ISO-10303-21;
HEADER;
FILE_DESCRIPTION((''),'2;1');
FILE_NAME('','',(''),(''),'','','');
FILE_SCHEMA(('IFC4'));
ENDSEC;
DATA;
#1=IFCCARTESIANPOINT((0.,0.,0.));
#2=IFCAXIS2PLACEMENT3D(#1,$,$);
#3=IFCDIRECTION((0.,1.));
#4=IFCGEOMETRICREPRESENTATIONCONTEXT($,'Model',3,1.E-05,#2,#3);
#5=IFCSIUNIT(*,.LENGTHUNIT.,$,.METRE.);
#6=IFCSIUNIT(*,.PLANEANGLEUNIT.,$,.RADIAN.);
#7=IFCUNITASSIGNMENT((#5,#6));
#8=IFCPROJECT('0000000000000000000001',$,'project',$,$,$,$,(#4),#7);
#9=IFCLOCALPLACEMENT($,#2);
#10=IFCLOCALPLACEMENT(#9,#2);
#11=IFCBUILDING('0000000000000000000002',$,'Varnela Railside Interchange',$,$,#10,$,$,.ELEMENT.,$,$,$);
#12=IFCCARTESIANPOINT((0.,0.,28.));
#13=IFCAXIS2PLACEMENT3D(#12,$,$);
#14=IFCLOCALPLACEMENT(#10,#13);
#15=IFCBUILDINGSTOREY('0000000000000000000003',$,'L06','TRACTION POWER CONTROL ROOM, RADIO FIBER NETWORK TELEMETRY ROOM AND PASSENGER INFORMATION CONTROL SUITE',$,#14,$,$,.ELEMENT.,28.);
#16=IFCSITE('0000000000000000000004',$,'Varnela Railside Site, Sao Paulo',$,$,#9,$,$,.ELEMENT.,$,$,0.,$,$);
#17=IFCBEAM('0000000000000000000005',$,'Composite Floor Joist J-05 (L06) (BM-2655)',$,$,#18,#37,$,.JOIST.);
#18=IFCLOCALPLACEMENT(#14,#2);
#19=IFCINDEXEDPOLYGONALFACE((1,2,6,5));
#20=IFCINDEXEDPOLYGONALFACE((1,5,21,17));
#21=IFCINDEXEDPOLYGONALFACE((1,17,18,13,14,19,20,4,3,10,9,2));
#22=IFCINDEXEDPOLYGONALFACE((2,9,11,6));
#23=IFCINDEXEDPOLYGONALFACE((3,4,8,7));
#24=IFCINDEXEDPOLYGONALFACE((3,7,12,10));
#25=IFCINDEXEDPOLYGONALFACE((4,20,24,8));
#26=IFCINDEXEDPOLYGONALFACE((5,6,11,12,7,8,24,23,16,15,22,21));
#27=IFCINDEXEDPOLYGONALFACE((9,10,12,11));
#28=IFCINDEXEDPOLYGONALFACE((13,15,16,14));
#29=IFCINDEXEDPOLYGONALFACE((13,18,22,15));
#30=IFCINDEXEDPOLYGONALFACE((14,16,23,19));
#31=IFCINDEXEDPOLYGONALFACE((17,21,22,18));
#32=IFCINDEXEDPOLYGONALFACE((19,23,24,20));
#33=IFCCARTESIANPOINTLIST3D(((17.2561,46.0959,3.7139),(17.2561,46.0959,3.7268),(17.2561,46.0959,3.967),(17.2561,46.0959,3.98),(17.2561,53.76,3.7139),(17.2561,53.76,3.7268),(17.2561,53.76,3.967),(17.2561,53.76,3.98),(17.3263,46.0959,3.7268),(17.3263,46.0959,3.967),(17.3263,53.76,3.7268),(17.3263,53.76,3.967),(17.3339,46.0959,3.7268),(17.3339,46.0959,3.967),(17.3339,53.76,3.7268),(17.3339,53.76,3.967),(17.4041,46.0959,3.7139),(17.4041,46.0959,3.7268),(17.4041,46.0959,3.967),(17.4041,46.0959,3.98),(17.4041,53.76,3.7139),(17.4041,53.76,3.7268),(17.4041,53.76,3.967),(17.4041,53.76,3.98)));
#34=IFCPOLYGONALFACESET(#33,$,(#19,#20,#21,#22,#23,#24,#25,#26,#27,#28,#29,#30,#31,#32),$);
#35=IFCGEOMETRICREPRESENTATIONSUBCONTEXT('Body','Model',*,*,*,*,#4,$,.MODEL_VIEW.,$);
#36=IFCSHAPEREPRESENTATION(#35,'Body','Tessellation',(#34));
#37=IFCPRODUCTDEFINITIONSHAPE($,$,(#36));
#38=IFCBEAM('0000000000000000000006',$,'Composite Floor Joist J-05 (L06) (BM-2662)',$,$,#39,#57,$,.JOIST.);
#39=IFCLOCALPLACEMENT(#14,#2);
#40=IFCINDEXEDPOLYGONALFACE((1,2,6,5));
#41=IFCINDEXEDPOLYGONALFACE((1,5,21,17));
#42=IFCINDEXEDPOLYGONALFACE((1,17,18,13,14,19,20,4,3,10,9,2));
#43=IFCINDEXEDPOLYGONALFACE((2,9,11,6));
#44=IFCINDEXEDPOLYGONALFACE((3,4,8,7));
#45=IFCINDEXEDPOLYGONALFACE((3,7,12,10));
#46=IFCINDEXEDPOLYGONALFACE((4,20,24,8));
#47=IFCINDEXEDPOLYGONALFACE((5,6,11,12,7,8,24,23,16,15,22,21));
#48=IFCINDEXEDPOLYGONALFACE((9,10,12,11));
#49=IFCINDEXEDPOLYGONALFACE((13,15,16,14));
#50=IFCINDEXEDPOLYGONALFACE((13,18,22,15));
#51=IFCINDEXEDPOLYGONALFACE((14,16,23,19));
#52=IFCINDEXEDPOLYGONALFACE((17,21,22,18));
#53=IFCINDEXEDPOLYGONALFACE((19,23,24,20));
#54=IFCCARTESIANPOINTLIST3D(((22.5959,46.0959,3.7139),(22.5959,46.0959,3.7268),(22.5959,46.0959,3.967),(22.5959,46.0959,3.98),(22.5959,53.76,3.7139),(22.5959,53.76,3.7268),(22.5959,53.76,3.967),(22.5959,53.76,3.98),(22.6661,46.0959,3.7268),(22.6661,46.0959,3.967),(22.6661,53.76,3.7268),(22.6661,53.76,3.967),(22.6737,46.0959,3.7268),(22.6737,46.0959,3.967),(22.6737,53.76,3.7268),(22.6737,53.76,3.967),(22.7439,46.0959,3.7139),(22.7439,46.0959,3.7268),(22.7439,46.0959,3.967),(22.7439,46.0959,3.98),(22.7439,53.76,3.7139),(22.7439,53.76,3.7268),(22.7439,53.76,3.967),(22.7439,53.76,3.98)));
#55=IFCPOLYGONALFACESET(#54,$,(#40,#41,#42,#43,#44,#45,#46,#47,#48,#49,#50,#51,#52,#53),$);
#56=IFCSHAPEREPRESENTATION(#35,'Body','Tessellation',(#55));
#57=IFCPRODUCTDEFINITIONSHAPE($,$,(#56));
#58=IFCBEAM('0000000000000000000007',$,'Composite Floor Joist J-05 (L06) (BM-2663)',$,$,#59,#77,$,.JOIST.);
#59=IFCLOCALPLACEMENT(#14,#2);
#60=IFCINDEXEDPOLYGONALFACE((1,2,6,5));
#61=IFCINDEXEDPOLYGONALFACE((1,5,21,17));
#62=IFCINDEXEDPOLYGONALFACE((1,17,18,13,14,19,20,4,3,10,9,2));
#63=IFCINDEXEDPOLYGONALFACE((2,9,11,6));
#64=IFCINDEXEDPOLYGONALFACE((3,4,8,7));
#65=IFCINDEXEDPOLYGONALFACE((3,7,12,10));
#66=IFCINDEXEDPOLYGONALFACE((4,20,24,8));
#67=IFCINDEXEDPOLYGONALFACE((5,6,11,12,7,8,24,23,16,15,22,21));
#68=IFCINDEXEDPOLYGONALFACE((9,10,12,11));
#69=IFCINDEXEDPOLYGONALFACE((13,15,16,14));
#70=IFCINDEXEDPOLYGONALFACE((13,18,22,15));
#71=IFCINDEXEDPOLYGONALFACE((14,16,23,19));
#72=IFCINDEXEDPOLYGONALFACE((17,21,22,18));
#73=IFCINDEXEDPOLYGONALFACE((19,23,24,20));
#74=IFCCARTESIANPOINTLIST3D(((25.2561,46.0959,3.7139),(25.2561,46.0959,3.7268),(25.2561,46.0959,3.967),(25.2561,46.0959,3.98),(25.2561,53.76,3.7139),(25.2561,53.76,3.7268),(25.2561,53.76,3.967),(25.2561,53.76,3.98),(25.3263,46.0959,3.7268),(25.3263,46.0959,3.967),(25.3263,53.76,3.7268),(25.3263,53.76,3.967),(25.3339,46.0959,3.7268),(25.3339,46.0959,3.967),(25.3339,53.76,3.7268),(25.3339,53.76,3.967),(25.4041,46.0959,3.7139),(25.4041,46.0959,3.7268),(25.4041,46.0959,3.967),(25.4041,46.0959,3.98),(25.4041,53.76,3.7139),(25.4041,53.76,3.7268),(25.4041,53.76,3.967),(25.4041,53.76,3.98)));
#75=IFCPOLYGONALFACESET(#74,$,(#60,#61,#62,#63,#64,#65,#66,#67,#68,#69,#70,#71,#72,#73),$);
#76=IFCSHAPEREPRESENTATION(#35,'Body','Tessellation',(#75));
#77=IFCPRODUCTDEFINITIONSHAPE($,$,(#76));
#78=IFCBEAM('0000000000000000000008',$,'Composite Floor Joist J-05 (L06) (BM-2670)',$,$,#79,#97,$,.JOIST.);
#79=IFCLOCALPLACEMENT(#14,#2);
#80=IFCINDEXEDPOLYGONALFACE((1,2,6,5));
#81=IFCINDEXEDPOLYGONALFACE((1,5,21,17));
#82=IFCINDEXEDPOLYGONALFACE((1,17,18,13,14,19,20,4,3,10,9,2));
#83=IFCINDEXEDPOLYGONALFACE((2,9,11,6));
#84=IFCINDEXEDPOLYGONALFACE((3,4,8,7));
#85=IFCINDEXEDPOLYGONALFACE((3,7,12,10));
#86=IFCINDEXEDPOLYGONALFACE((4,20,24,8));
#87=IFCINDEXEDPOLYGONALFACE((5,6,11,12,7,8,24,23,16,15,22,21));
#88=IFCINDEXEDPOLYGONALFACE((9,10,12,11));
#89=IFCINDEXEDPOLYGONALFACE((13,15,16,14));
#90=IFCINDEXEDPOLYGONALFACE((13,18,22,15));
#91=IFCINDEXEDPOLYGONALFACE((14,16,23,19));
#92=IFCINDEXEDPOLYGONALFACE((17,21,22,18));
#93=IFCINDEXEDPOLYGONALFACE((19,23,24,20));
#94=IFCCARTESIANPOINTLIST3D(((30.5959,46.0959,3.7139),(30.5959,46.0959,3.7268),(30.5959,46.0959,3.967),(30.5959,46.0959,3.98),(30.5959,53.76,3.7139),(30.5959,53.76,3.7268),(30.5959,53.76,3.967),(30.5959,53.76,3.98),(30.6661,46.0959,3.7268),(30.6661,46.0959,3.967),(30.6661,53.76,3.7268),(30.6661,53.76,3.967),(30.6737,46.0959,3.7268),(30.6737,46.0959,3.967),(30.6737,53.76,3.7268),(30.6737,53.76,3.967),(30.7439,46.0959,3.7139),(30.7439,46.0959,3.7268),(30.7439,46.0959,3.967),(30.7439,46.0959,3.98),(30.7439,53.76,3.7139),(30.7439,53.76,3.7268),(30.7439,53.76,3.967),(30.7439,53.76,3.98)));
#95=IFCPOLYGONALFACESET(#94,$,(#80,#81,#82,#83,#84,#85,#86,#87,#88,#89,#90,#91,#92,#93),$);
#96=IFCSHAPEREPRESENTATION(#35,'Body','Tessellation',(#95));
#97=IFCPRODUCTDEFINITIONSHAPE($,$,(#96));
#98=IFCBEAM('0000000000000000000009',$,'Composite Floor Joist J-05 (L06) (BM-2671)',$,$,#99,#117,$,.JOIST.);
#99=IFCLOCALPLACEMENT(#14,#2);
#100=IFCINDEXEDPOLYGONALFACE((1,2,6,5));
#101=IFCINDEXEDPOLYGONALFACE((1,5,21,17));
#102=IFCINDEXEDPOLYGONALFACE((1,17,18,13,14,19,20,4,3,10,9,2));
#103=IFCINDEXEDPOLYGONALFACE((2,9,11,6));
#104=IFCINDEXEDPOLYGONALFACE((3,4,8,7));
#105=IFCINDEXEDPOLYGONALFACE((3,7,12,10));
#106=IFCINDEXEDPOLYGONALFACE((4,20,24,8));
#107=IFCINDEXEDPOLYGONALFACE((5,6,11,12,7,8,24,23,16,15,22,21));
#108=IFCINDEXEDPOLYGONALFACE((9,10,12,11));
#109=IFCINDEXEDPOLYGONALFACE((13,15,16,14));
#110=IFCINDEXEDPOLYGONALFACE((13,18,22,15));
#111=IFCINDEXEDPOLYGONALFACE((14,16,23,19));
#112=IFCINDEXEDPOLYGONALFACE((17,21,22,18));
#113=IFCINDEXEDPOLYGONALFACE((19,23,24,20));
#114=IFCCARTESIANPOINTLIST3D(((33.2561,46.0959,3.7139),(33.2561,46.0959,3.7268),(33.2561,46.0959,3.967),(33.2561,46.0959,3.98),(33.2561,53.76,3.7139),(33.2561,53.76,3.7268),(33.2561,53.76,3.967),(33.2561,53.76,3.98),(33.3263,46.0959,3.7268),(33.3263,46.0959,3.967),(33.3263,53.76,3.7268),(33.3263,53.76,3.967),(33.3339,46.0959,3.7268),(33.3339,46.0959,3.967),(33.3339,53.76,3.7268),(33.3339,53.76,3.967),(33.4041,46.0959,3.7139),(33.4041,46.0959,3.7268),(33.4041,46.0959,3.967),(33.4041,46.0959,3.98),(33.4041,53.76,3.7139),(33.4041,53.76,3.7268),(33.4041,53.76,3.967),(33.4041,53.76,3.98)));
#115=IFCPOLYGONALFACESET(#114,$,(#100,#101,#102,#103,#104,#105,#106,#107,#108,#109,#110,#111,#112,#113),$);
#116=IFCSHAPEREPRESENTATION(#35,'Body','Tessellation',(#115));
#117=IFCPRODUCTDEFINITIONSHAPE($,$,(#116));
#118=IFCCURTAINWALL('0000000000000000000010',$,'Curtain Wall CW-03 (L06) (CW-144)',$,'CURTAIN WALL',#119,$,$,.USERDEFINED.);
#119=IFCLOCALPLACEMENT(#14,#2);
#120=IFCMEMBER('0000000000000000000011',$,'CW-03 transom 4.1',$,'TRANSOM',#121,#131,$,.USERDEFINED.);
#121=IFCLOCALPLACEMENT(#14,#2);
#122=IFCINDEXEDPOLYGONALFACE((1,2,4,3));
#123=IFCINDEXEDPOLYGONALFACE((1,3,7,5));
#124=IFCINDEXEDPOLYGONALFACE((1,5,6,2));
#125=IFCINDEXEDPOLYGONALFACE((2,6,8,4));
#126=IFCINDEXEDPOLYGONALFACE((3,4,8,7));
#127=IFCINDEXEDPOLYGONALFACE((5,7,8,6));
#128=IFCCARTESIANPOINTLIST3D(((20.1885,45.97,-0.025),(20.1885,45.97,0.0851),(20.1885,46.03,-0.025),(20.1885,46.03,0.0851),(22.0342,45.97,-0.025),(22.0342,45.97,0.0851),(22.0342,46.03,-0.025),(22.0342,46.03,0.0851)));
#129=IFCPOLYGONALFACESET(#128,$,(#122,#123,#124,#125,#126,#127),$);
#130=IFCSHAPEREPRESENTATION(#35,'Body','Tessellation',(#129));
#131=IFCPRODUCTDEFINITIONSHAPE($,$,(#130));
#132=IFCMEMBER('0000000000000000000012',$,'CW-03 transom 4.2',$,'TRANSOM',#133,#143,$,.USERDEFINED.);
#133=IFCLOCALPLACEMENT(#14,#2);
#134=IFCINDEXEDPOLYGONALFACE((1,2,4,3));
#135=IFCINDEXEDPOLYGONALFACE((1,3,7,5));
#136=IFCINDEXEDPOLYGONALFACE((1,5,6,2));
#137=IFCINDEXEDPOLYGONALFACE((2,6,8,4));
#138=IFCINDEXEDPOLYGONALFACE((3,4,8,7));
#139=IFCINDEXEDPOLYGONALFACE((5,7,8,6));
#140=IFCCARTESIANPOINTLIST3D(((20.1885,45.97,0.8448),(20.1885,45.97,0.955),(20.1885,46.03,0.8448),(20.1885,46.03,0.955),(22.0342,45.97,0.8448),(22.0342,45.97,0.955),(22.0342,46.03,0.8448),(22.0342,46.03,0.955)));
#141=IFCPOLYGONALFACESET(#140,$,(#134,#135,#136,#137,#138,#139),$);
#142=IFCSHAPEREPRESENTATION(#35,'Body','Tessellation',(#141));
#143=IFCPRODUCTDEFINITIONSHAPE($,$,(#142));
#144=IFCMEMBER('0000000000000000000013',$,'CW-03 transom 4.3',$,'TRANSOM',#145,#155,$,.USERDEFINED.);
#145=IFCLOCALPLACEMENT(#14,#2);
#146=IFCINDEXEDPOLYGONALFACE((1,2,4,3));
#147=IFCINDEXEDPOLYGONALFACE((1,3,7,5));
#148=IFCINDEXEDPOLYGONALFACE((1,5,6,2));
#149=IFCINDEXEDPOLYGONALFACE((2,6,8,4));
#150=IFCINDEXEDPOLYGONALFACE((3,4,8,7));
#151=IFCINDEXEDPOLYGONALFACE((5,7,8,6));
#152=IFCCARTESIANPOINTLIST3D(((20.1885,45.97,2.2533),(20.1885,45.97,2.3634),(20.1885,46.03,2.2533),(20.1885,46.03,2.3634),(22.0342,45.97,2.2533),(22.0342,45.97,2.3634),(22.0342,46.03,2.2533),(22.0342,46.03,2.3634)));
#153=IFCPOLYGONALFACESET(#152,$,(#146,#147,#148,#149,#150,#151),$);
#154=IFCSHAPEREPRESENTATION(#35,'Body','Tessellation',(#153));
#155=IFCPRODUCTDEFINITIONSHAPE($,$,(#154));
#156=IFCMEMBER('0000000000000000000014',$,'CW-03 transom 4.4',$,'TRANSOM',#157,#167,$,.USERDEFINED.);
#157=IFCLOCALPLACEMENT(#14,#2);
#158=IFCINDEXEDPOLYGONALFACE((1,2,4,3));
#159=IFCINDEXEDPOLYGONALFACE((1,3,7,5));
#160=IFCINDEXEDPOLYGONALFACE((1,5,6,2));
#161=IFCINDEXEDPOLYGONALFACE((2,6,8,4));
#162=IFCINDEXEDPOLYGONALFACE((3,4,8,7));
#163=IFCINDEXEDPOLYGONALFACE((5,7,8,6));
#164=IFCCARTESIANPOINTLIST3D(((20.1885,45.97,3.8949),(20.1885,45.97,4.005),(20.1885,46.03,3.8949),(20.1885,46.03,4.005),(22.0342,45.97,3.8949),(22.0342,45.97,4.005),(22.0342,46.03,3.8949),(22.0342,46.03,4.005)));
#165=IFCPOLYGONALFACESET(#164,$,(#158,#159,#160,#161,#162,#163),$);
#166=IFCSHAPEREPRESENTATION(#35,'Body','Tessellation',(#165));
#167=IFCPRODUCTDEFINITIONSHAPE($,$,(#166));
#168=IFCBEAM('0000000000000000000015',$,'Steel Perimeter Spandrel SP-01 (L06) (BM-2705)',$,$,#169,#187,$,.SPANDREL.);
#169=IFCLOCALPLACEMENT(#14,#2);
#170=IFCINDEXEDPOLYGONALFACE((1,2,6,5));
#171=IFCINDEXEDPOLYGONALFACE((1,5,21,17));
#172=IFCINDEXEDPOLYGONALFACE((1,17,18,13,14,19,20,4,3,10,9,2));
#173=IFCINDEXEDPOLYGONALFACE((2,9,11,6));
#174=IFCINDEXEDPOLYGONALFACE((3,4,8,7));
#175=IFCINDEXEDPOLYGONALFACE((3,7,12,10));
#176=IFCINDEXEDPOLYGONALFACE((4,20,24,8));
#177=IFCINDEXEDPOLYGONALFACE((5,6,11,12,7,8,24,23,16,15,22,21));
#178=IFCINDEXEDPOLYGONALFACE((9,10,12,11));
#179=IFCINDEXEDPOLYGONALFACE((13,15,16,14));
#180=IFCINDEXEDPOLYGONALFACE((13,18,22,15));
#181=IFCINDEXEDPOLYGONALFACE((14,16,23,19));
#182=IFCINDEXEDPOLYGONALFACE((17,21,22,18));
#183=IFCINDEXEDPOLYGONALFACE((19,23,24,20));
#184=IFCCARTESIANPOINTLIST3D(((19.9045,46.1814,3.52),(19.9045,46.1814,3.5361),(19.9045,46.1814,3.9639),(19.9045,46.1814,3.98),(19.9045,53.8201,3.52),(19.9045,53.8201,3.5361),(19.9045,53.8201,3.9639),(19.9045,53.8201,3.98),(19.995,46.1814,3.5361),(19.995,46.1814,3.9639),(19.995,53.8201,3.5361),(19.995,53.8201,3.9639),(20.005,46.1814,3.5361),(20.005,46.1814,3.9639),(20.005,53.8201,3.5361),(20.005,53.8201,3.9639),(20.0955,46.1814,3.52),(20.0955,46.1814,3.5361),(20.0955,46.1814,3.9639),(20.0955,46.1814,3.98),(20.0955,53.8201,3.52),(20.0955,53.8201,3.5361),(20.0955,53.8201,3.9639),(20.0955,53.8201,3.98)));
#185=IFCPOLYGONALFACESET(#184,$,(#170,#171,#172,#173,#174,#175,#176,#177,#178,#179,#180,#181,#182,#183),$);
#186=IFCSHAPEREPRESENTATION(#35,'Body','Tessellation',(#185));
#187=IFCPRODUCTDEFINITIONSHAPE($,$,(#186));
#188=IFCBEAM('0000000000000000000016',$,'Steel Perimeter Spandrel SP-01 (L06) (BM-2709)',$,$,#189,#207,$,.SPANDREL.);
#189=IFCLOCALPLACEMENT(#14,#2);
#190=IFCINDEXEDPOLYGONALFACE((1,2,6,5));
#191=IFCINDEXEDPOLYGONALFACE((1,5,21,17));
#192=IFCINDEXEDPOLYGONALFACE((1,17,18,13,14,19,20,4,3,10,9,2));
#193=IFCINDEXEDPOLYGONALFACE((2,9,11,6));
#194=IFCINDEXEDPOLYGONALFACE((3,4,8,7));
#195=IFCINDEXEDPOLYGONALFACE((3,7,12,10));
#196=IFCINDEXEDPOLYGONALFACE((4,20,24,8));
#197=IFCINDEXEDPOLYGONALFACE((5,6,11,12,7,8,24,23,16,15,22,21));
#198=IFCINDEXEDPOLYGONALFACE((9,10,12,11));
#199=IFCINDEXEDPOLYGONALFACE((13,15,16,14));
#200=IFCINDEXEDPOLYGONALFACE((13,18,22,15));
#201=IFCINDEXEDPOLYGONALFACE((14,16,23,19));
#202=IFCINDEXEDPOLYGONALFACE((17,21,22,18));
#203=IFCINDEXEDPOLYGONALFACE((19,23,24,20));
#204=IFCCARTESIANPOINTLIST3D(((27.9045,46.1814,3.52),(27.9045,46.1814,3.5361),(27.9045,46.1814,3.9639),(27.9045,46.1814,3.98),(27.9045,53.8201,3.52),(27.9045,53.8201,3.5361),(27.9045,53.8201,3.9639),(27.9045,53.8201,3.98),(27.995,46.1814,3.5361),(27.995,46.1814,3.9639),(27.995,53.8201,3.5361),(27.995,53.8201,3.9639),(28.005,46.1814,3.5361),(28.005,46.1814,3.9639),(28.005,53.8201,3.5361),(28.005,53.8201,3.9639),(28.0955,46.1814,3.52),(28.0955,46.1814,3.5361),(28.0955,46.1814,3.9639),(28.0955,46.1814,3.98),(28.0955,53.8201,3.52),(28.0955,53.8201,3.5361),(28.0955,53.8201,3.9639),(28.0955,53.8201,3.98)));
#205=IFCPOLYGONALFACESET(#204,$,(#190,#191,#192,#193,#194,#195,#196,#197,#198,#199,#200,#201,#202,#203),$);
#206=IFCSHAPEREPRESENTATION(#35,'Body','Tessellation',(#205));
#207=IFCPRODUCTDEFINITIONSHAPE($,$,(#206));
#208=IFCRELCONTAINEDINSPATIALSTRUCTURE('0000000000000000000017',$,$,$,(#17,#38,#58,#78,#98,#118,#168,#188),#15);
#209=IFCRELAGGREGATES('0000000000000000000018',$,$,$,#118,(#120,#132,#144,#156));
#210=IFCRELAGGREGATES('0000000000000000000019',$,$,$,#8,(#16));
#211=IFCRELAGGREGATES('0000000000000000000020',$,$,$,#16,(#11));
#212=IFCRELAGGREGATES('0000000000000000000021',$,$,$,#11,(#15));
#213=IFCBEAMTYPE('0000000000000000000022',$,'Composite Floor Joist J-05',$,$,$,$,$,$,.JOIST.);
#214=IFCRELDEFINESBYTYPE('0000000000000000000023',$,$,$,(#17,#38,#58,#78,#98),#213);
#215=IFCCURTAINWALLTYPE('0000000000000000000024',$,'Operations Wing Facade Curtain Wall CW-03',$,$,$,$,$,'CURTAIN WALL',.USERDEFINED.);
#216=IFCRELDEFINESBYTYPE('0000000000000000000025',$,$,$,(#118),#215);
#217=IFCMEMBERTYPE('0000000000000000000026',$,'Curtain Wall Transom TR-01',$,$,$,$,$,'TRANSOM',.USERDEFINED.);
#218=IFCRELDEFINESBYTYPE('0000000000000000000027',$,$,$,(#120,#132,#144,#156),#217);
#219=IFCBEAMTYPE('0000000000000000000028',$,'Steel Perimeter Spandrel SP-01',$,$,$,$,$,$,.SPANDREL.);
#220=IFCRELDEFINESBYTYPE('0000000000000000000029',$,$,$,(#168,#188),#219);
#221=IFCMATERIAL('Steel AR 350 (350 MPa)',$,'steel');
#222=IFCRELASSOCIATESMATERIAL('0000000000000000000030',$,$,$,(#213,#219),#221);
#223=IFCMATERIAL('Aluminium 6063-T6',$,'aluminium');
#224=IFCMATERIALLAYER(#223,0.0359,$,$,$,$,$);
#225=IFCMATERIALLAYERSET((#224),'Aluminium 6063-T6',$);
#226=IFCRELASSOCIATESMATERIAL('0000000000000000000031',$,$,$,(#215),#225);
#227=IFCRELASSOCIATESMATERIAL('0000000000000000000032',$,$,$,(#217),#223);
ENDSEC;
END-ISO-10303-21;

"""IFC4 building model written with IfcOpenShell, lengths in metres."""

from ifc_helpers import new_model, si_unit, direction, frame, origin, origin_2d, place, context, subcontext, project, spatial, rectangle, i_section, extrude, material, layer, layer_set, material_profile, profile_set, type_object, element, aggregate, save


model = new_model("IFC4")

# Units and contexts
model_context = context("Model", 3, precision=1e-05, world=origin(), true_north=direction((0.0, 1.0)))
body_context = subcontext(model_context, "Body", "Model", "MODEL_VIEW")
ifc_project = project(units=[si_unit("LENGTHUNIT", "METRE"), si_unit("PLANEANGLEUNIT", "RADIAN")], contexts=[model_context])

# Site, building, storey
site_placement = place(None, origin())
site = spatial("IfcSite", under=ifc_project, at=site_placement, Name="Varnela Railside Site, Sao Paulo", CompositionType="ELEMENT", RefElevation=0.0)
building_placement = place(site_placement, origin())
building = spatial("IfcBuilding", under=site, at=building_placement, Name="Varnela Railside Interchange", CompositionType="ELEMENT")
storey_placement = place(building_placement, frame((0.0, 0.0, 28.0)))
storey = spatial("IfcBuildingStorey", under=building, at=storey_placement, Name="L06", Description="TRACTION POWER CONTROL ROOM, RADIO FIBER NETWORK TELEMETRY ROOM AND PASSENGER INFORMATION CONTROL SUITE", CompositionType="ELEMENT", Elevation=28.0)

# Beams
ifc_material_1 = material(Name="Steel AR 350 (350 MPa)", Category="steel")
ifc_material_profile_1 = material_profile(ifc_material_1, i_section(OverallWidth=0.1479, OverallDepth=0.2661, WebThickness=0.0076, FlangeThickness=0.0129, at=origin_2d()), Name="W250x44.8")
ifc_profile_set_1 = profile_set([ifc_material_profile_1], Name="Steel AR 350 (350 MPa)")
beam_type_1 = type_object("IfcBeamType", Name="Composite Floor Joist J-05", PredefinedType="JOIST", material=ifc_profile_set_1)
for number, where, z_axis, x_axis, name in (
    (1, (17.3301, 46.0959, 3.8469), (0.0, 1.0, 0.0), (-1.0, 0.0, 0.0), "Composite Floor Joist J-05 (L06) (BM-2655)"),
    (2, (22.6699, 46.0959, 3.8469), (0.0, 1.0, 0.0), (-1.0, 0.0, 0.0), "Composite Floor Joist J-05 (L06) (BM-2662)"),
    (3, (25.3301, 46.0959, 3.8469), (0.0, 1.0, 0.0), (-1.0, 0.0, 0.0), "Composite Floor Joist J-05 (L06) (BM-2663)"),
    (4, (30.6699, 46.0959, 3.8469), (0.0, 1.0, 0.0), (-1.0, 0.0, 0.0), "Composite Floor Joist J-05 (L06) (BM-2670)"),
    (5, (33.3301, 46.0959, 3.8469), (0.0, 1.0, 0.0), (-1.0, 0.0, 0.0), "Composite Floor Joist J-05 (L06) (BM-2671)"),
):
    element("IfcBeam", number, at=place(storey_placement, frame(where, z_axis=z_axis, x_axis=x_axis)), inside=storey, type_object=beam_type_1, Name=name, PredefinedType="JOIST", context=body_context, shape_type="SweptSolid", body=[
        extrude(i_section(OverallWidth=0.1479, OverallDepth=0.2661, WebThickness=0.0076, FlangeThickness=0.0129, at=origin_2d()), origin(), (0.0, 0.0, 1.0), 7.6641),
    ])

# Curtain wall, members
ifc_material_2 = material(Name="Aluminium 6063-T6", Category="aluminium")
ifc_layer_1 = layer(ifc_material_2, 0.0359)
ifc_layer_set_1 = layer_set([ifc_layer_1], Name="Aluminium 6063-T6")
curtain_wall_type = type_object("IfcCurtainWallType", Name="Operations Wing Facade Curtain Wall CW-03", ElementType="CURTAIN WALL", PredefinedType="USERDEFINED", material=ifc_layer_set_1)
curtain_wall_placement = place(storey_placement, origin())
curtain_wall = element("IfcCurtainWall", 6, at=curtain_wall_placement, inside=storey, type_object=curtain_wall_type, Name="Curtain Wall CW-03 (L06) (CW-144)", ObjectType="CURTAIN WALL", PredefinedType="USERDEFINED")
ifc_material_profile_2 = material_profile(ifc_material_2, rectangle(XDim=0.0601, YDim=0.1101, at=origin_2d()), Name="ALU 60x110")
ifc_profile_set_2 = profile_set([ifc_material_profile_2], Name="Aluminium 6063-T6")
member_type = type_object("IfcMemberType", Name="Curtain Wall Transom TR-01", ElementType="TRANSOM", PredefinedType="USERDEFINED", material=ifc_profile_set_2)
member_1_placement = place(storey_placement, frame((22.0342, 46.0, 0.03), z_axis=(-1.0, 0.0, 0.0), x_axis=(0.0, -1.0, 0.0)))
member_1 = element("IfcMember", 7, at=member_1_placement, type_object=member_type, Name="CW-03 transom 4.1", ObjectType="TRANSOM", PredefinedType="USERDEFINED", context=body_context, shape_type="SweptSolid", body=[
    extrude(rectangle(XDim=0.0601, YDim=0.1101, at=origin_2d()), origin(), (0.0, 0.0, 1.0), 1.8457),
])
member_2_placement = place(storey_placement, frame((22.0342, 46.0, 0.8999), z_axis=(-1.0, 0.0, 0.0), x_axis=(0.0, -1.0, 0.0)))
member_2 = element("IfcMember", 8, at=member_2_placement, type_object=member_type, Name="CW-03 transom 4.2", ObjectType="TRANSOM", PredefinedType="USERDEFINED", context=body_context, shape_type="SweptSolid", body=[
    extrude(rectangle(XDim=0.0601, YDim=0.1101, at=origin_2d()), origin(), (0.0, 0.0, 1.0), 1.8457),
])
member_3_placement = place(storey_placement, frame((22.0342, 46.0, 2.3083), z_axis=(-1.0, 0.0, 0.0), x_axis=(0.0, -1.0, 0.0)))
member_3 = element("IfcMember", 9, at=member_3_placement, type_object=member_type, Name="CW-03 transom 4.3", ObjectType="TRANSOM", PredefinedType="USERDEFINED", context=body_context, shape_type="SweptSolid", body=[
    extrude(rectangle(XDim=0.0601, YDim=0.1101, at=origin_2d()), origin(), (0.0, 0.0, 1.0), 1.8457),
])
member_4_placement = place(storey_placement, frame((22.0342, 46.0, 3.95), z_axis=(-1.0, 0.0, 0.0), x_axis=(0.0, -1.0, 0.0)))
member_4 = element("IfcMember", 10, at=member_4_placement, type_object=member_type, Name="CW-03 transom 4.4", ObjectType="TRANSOM", PredefinedType="USERDEFINED", context=body_context, shape_type="SweptSolid", body=[
    extrude(rectangle(XDim=0.0601, YDim=0.1101, at=origin_2d()), origin(), (0.0, 0.0, 1.0), 1.8457),
])

# Beams
ifc_material_profile_3 = material_profile(ifc_material_1, i_section(OverallWidth=0.1909, OverallDepth=0.46, WebThickness=0.01, FlangeThickness=0.0161, at=origin_2d()), Name="W460x82")
ifc_profile_set_3 = profile_set([ifc_material_profile_3], Name="Steel AR 350 (350 MPa)")
beam_type_2 = type_object("IfcBeamType", Name="Steel Perimeter Spandrel SP-01", PredefinedType="SPANDREL", material=ifc_profile_set_3)
for number, where, z_axis, x_axis, name in (
    (11, (20.0, 46.1814, 3.75), (0.0, 1.0, 0.0), (-1.0, 0.0, 0.0), "Steel Perimeter Spandrel SP-01 (L06) (BM-2705)"),
    (12, (28.0, 46.1814, 3.75), (0.0, 1.0, 0.0), (-1.0, 0.0, 0.0), "Steel Perimeter Spandrel SP-01 (L06) (BM-2709)"),
):
    element("IfcBeam", number, at=place(storey_placement, frame(where, z_axis=z_axis, x_axis=x_axis)), inside=storey, type_object=beam_type_2, Name=name, PredefinedType="SPANDREL", context=body_context, shape_type="SweptSolid", body=[
        extrude(i_section(OverallWidth=0.1909, OverallDepth=0.46, WebThickness=0.01, FlangeThickness=0.0161, at=origin_2d()), origin(), (0.0, 0.0, 1.0), 7.6387),
    ])

aggregate(curtain_wall, [member_1, member_2, member_3, member_4])

save(model, "model.ifc")
